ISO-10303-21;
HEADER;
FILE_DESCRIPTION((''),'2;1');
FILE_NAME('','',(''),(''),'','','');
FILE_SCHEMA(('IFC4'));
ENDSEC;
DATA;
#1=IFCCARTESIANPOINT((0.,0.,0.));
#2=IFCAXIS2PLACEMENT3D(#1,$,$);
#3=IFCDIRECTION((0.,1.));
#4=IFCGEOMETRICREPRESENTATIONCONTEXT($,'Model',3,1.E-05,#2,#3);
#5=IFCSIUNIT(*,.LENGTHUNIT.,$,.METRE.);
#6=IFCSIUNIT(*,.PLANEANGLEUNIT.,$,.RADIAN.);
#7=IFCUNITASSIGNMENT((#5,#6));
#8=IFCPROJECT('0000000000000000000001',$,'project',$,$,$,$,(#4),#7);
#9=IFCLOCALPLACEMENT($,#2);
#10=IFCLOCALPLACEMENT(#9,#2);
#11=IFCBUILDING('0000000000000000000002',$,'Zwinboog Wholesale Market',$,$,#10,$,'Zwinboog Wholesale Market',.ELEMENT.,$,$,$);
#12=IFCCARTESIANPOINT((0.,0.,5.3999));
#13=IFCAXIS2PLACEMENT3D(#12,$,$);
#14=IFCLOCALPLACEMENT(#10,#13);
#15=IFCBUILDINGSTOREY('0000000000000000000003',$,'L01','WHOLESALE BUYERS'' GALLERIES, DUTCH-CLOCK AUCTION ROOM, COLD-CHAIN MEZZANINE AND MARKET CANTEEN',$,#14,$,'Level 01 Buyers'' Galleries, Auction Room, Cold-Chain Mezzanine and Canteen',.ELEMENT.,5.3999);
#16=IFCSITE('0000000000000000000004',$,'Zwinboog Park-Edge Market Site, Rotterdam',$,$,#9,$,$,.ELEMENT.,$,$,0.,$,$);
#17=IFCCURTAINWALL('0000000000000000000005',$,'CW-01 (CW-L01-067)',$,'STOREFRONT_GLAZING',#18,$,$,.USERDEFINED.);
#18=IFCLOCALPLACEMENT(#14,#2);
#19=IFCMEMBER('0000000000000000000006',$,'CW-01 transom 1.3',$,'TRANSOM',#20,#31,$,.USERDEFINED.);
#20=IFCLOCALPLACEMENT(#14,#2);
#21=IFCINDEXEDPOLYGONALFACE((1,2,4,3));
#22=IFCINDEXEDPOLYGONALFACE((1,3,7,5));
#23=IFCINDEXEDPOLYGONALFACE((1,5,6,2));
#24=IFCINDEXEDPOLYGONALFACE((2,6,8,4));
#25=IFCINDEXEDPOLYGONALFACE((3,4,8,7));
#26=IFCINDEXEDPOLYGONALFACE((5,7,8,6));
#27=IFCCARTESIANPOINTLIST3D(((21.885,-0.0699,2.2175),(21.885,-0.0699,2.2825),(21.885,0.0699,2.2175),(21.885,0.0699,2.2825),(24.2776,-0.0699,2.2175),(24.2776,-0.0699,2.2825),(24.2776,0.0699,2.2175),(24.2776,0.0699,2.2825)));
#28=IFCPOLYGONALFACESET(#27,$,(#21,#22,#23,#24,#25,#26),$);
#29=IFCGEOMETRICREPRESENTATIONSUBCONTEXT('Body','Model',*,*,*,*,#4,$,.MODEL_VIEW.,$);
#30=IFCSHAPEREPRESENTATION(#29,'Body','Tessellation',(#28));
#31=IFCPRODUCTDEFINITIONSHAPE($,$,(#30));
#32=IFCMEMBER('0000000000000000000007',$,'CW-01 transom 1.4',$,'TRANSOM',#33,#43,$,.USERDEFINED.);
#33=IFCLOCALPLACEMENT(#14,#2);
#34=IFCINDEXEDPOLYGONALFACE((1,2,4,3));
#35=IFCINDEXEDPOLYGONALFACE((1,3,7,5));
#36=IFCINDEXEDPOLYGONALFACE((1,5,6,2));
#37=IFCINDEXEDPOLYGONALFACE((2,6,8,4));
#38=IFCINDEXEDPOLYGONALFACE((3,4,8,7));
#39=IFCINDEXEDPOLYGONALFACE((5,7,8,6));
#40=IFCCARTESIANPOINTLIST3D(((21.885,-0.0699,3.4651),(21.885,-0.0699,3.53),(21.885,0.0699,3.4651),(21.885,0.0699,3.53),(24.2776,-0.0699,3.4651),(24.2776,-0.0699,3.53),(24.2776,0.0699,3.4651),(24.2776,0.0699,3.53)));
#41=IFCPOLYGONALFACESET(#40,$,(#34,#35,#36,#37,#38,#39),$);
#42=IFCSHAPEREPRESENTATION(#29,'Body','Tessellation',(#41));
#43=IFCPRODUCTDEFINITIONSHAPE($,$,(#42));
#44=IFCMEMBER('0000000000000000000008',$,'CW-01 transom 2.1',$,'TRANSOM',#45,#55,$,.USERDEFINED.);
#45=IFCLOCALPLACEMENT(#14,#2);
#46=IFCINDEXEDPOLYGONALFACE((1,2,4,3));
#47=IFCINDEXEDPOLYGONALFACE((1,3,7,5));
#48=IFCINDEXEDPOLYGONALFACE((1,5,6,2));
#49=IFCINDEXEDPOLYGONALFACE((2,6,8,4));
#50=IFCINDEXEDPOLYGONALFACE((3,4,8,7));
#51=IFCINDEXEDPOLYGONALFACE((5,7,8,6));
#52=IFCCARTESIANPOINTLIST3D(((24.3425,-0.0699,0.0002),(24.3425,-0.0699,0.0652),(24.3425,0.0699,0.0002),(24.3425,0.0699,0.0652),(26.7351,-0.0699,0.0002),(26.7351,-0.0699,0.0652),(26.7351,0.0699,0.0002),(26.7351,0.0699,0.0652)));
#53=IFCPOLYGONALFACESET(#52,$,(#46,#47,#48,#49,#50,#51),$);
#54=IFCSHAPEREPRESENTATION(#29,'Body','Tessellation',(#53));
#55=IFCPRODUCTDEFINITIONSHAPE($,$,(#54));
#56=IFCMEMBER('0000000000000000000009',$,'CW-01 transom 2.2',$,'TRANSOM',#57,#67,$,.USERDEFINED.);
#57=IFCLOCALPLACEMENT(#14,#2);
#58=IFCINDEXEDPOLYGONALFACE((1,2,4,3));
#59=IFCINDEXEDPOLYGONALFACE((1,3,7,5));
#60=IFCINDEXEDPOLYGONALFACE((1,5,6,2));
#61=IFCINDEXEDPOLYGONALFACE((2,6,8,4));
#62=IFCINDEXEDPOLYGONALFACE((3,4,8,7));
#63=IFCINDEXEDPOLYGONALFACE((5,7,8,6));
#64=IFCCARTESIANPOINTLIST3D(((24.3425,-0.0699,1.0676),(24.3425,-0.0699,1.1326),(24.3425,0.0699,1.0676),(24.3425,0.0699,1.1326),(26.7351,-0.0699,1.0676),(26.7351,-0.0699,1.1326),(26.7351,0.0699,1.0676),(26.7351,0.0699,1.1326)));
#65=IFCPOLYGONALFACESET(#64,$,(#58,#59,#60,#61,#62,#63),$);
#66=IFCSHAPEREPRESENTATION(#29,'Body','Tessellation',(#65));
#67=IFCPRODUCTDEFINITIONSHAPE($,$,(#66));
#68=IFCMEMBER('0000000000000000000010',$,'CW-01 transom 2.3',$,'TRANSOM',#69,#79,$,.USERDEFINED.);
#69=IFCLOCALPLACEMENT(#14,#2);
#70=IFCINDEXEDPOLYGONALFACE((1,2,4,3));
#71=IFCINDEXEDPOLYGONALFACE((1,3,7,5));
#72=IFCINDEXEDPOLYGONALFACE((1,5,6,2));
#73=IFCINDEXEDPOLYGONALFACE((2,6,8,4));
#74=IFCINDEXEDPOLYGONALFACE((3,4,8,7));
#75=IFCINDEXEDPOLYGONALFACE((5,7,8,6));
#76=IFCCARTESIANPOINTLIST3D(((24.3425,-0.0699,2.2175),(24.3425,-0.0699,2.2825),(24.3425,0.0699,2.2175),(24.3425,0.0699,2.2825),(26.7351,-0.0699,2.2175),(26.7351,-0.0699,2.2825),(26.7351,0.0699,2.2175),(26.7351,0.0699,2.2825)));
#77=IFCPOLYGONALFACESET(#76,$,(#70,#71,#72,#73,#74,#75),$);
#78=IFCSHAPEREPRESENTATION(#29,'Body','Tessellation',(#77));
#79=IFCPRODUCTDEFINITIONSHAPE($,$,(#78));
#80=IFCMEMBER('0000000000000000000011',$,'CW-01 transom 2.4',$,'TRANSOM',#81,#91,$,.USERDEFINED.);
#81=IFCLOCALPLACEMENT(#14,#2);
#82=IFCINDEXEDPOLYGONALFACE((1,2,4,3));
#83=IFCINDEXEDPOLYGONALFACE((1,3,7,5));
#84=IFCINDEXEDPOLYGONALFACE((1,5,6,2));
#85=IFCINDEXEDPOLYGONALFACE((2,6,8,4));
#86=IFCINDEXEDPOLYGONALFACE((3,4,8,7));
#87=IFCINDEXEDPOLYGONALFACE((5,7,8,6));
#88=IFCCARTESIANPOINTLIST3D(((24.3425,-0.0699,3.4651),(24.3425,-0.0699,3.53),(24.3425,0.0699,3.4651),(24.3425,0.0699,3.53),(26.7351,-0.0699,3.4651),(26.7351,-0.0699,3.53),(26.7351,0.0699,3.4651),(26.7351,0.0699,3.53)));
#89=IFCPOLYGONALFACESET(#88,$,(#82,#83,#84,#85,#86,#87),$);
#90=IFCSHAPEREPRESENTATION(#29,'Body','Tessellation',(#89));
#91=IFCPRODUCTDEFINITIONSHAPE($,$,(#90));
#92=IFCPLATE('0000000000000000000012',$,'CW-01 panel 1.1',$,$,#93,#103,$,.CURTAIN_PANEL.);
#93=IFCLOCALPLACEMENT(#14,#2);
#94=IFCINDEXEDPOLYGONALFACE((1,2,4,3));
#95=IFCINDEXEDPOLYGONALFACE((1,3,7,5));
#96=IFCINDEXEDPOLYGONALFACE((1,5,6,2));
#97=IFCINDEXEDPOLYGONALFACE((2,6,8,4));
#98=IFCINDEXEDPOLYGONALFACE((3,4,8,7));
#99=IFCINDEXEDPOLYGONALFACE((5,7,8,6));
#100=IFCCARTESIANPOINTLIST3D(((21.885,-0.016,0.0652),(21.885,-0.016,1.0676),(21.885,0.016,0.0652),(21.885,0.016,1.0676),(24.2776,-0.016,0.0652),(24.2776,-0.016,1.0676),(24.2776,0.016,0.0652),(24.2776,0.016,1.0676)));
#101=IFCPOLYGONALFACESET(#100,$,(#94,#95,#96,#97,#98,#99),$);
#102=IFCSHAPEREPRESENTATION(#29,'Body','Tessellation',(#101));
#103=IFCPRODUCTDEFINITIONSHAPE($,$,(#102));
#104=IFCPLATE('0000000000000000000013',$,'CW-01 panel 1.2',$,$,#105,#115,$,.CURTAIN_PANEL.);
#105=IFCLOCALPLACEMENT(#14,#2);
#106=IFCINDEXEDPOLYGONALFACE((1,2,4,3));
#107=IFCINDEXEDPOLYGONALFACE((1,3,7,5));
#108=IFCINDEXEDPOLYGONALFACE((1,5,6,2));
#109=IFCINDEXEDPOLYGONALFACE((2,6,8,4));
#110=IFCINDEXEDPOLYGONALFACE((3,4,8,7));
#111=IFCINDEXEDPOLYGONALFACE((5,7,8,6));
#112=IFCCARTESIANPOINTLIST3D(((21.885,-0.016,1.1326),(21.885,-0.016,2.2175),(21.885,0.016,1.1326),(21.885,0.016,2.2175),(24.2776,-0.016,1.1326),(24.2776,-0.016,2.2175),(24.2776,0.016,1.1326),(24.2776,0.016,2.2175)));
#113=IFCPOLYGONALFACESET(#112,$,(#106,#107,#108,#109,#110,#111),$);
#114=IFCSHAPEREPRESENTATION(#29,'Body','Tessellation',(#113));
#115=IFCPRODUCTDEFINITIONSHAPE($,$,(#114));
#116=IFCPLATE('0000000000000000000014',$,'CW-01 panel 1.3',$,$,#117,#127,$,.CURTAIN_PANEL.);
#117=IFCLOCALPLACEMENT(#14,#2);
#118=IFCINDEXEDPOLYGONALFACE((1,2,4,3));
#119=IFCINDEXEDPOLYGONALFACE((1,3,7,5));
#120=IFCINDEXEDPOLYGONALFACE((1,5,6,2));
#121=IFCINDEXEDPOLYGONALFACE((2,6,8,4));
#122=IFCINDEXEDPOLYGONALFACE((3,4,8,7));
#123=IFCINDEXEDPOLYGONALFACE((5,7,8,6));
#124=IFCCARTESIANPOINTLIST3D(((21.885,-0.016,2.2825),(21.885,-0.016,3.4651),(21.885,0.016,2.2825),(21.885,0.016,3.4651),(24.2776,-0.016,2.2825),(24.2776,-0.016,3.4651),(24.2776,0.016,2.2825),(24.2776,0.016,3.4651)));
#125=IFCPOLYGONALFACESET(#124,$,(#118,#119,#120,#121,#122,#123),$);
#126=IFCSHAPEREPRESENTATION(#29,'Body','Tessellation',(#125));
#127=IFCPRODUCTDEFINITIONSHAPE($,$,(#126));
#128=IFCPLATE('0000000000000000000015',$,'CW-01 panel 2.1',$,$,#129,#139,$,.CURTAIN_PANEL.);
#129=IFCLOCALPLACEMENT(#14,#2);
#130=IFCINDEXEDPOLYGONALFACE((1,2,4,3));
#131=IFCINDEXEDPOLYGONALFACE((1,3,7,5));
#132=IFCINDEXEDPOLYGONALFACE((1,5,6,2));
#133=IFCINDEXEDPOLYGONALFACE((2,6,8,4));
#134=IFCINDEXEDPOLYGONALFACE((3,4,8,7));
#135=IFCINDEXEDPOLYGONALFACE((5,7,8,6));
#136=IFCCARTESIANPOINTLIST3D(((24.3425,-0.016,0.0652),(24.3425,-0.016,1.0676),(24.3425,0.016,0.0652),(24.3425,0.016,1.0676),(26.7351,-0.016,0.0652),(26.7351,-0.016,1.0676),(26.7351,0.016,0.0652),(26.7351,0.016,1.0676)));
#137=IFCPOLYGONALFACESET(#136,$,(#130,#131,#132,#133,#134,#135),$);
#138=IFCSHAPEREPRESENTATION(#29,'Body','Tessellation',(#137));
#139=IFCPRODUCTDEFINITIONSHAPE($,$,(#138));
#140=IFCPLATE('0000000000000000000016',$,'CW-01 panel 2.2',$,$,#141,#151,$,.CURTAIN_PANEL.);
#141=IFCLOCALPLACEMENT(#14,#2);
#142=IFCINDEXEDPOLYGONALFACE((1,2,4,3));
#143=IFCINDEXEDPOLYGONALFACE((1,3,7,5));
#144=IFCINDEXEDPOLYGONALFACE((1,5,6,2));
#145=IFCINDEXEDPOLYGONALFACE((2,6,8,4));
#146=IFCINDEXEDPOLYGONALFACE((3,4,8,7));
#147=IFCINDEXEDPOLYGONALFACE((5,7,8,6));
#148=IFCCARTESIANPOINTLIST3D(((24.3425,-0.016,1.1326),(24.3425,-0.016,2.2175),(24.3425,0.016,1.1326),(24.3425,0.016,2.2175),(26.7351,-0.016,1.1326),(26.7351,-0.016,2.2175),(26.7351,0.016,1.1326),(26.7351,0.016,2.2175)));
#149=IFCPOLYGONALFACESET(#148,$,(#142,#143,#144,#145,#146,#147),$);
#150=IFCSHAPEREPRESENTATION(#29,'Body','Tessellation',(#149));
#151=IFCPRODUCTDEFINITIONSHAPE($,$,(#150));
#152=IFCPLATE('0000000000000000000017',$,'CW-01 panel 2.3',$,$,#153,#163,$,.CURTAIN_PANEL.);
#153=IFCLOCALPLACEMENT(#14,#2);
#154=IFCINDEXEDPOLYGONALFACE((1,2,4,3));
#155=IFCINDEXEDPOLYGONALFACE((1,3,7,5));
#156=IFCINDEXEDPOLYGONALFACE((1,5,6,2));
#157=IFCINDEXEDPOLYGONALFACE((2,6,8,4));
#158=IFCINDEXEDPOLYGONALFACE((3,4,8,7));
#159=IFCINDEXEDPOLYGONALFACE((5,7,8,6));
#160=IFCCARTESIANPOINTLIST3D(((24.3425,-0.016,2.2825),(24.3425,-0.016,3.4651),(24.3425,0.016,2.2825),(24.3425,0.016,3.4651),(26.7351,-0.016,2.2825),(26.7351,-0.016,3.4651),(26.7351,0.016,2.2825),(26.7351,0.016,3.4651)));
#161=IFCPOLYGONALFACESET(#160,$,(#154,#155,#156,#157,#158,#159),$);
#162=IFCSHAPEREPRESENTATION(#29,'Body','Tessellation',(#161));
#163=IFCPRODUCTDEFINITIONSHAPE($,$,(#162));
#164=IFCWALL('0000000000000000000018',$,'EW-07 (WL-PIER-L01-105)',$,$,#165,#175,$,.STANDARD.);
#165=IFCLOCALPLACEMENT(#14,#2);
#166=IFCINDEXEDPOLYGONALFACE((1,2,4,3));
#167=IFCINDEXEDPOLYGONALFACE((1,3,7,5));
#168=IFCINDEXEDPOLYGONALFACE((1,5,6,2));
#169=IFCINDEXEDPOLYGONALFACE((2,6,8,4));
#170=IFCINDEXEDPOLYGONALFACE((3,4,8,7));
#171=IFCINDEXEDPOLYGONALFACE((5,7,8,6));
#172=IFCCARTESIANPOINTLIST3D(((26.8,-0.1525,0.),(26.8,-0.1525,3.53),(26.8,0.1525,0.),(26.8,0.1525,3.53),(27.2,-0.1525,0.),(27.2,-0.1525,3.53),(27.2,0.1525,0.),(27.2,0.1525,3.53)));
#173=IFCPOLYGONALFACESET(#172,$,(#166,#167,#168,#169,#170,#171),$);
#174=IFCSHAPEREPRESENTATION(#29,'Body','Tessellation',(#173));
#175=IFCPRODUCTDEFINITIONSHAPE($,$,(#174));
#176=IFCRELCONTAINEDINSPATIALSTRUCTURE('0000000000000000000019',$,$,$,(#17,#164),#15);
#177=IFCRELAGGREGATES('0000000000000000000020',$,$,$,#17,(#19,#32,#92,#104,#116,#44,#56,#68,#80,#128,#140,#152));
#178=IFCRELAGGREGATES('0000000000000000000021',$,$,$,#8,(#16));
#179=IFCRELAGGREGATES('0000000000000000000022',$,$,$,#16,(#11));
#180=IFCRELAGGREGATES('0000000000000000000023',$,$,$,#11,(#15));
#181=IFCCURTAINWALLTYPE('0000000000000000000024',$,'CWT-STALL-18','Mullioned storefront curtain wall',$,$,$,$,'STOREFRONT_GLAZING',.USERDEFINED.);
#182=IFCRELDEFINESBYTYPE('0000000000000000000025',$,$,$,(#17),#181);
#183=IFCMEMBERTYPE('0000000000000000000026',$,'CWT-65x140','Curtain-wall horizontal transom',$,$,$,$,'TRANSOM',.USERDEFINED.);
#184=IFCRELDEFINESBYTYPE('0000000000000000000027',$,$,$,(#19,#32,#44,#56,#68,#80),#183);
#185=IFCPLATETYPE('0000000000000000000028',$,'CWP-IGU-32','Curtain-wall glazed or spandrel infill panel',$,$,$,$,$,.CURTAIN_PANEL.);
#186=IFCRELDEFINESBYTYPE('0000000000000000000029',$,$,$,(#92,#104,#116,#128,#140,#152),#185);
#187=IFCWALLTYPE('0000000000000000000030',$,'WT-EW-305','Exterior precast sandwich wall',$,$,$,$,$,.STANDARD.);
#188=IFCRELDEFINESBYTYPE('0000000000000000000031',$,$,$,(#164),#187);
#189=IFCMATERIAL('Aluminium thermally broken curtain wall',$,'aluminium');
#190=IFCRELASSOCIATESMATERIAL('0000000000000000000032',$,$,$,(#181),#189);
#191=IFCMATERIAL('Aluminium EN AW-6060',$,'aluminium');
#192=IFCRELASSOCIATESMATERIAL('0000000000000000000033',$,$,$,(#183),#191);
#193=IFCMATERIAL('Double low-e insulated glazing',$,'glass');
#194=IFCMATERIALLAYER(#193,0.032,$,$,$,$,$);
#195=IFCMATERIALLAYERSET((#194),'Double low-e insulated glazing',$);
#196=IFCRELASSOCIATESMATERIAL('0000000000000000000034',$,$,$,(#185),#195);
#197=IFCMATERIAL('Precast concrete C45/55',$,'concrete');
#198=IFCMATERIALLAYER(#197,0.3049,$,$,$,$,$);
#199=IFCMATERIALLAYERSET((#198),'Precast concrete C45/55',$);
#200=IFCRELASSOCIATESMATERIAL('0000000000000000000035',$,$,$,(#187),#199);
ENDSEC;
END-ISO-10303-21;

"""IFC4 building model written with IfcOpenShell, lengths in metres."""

from ifc_helpers import new_model, si_unit, direction, frame, frame_2d, origin, origin_2d, place, context, subcontext, project, spatial, rectangle, extrude, material, layer, layer_set, material_profile, profile_set, type_object, element, aggregate, save


model = new_model("IFC4")

# Units and contexts
model_context = context("Model", 3, precision=1e-05, world=origin(), true_north=direction((0.0, 1.0)))
body_context = subcontext(model_context, "Body", "Model", "MODEL_VIEW")
ifc_project = project(units=[si_unit("LENGTHUNIT", "METRE"), si_unit("PLANEANGLEUNIT", "RADIAN")], contexts=[model_context])

# Site, building, storey
site_placement = place(None, origin())
site = spatial("IfcSite", under=ifc_project, at=site_placement, Name="Zwinboog Park-Edge Market Site, Rotterdam", CompositionType="ELEMENT", RefElevation=0.0)
building_placement = place(site_placement, origin())
building = spatial("IfcBuilding", under=site, at=building_placement, Name="Zwinboog Wholesale Market", LongName="Zwinboog Wholesale Market", CompositionType="ELEMENT")
storey_placement = place(building_placement, frame((0.0, 0.0, 5.3999)))
storey = spatial("IfcBuildingStorey", under=building, at=storey_placement, Name="L01", Description="WHOLESALE BUYERS' GALLERIES, DUTCH-CLOCK AUCTION ROOM, COLD-CHAIN MEZZANINE AND MARKET CANTEEN", LongName="Level 01 Buyers' Galleries, Auction Room, Cold-Chain Mezzanine and Canteen", CompositionType="ELEMENT", Elevation=5.3999)

# Shared definitions
ifc_material_1 = material(Name="Precast concrete C45/55", Category="concrete")

# Curtain wall, members, plates
ifc_material_2 = material(Name="Aluminium thermally broken curtain wall", Category="aluminium")
curtain_wall_type = type_object("IfcCurtainWallType", Name="CWT-STALL-18", Description="Mullioned storefront curtain wall", ElementType="STOREFRONT_GLAZING", PredefinedType="USERDEFINED", material=ifc_material_2)
curtain_wall_placement = place(storey_placement, origin())
curtain_wall = element("IfcCurtainWall", 1, at=curtain_wall_placement, inside=storey, type_object=curtain_wall_type, Name="CW-01 (CW-L01-067)", ObjectType="STOREFRONT_GLAZING", PredefinedType="USERDEFINED")
ifc_material_3 = material(Name="Aluminium EN AW-6060", Category="aluminium")
ifc_material_profile_1 = material_profile(ifc_material_3, rectangle(XDim=0.1399, YDim=0.0649, at=origin_2d()), Name="AL 65x140")
ifc_profile_set_1 = profile_set([ifc_material_profile_1], Name="Aluminium EN AW-6060")
member_type_1 = type_object("IfcMemberType", Name="CWT-65x140", Description="Curtain-wall horizontal transom", ElementType="TRANSOM", PredefinedType="USERDEFINED", material=ifc_profile_set_1)
member_1_placement = place(storey_placement, frame((21.885, 0.0, 2.25), z_axis=(1.0, 0.0, 0.0), x_axis=(0.0, 1.0, 0.0)))
member_1 = element("IfcMember", 2, at=member_1_placement, type_object=member_type_1, Name="CW-01 transom 1.3", ObjectType="TRANSOM", PredefinedType="USERDEFINED", context=body_context, shape_type="SweptSolid", body=[
    extrude(rectangle(XDim=0.1399, YDim=0.0649, at=origin_2d()), origin(), (0.0, 0.0, 1.0), 2.3926),
])
member_2_placement = place(storey_placement, frame((21.885, 0.0, 3.4976), z_axis=(1.0, 0.0, 0.0), x_axis=(0.0, 1.0, 0.0)))
member_2 = element("IfcMember", 3, at=member_2_placement, type_object=member_type_1, Name="CW-01 transom 1.4", ObjectType="TRANSOM", PredefinedType="USERDEFINED", context=body_context, shape_type="SweptSolid", body=[
    extrude(rectangle(XDim=0.1399, YDim=0.0649, at=origin_2d()), origin(), (0.0, 0.0, 1.0), 2.3926),
])
member_3_placement = place(storey_placement, frame((24.3425, 0.0, 0.0327), z_axis=(1.0, 0.0, 0.0), x_axis=(0.0, 1.0, 0.0)))
member_3 = element("IfcMember", 4, at=member_3_placement, type_object=member_type_1, Name="CW-01 transom 2.1", ObjectType="TRANSOM", PredefinedType="USERDEFINED", context=body_context, shape_type="SweptSolid", body=[
    extrude(rectangle(XDim=0.1399, YDim=0.0649, at=origin_2d()), origin(), (0.0, 0.0, 1.0), 2.3926),
])
member_4_placement = place(storey_placement, frame((24.3425, 0.0, 1.1001), z_axis=(1.0, 0.0, 0.0), x_axis=(0.0, 1.0, 0.0)))
member_4 = element("IfcMember", 5, at=member_4_placement, type_object=member_type_1, Name="CW-01 transom 2.2", ObjectType="TRANSOM", PredefinedType="USERDEFINED", context=body_context, shape_type="SweptSolid", body=[
    extrude(rectangle(XDim=0.1399, YDim=0.0649, at=origin_2d()), origin(), (0.0, 0.0, 1.0), 2.3926),
])
member_5_placement = place(storey_placement, frame((24.3425, 0.0, 2.25), z_axis=(1.0, 0.0, 0.0), x_axis=(0.0, 1.0, 0.0)))
member_5 = element("IfcMember", 6, at=member_5_placement, type_object=member_type_1, Name="CW-01 transom 2.3", ObjectType="TRANSOM", PredefinedType="USERDEFINED", context=body_context, shape_type="SweptSolid", body=[
    extrude(rectangle(XDim=0.1399, YDim=0.0649, at=origin_2d()), origin(), (0.0, 0.0, 1.0), 2.3926),
])
member_6_placement = place(storey_placement, frame((24.3425, 0.0, 3.4976), z_axis=(1.0, 0.0, 0.0), x_axis=(0.0, 1.0, 0.0)))
member_6 = element("IfcMember", 7, at=member_6_placement, type_object=member_type_1, Name="CW-01 transom 2.4", ObjectType="TRANSOM", PredefinedType="USERDEFINED", context=body_context, shape_type="SweptSolid", body=[
    extrude(rectangle(XDim=0.1399, YDim=0.0649, at=origin_2d()), origin(), (0.0, 0.0, 1.0), 2.3926),
])
ifc_material_4 = material(Name="Double low-e insulated glazing", Category="glass")
ifc_layer_1 = layer(ifc_material_4, 0.032)
ifc_layer_set_1 = layer_set([ifc_layer_1], Name="Double low-e insulated glazing")
plate_type = type_object("IfcPlateType", Name="CWP-IGU-32", Description="Curtain-wall glazed or spandrel infill panel", PredefinedType="CURTAIN_PANEL", material=ifc_layer_set_1)
plate_1_placement = place(storey_placement, frame((23.0813, 0.0, 0.0652), z_axis=(0.0, 0.0, 1.0), x_axis=(1.0, 0.0, 0.0)))
plate_1 = element("IfcPlate", 8, at=plate_1_placement, type_object=plate_type, Name="CW-01 panel 1.1", PredefinedType="CURTAIN_PANEL", context=body_context, shape_type="SweptSolid", body=[
    extrude(rectangle(XDim=2.3926, YDim=0.032, at=origin_2d()), origin(), (0.0, 0.0, 1.0), 1.0024),
])
plate_2_placement = place(storey_placement, frame((23.0813, 0.0, 1.1326), z_axis=(0.0, 0.0, 1.0), x_axis=(1.0, 0.0, 0.0)))
plate_2 = element("IfcPlate", 9, at=plate_2_placement, type_object=plate_type, Name="CW-01 panel 1.2", PredefinedType="CURTAIN_PANEL", context=body_context, shape_type="SweptSolid", body=[
    extrude(rectangle(XDim=2.3926, YDim=0.032, at=origin_2d()), origin(), (0.0, 0.0, 1.0), 1.085),
])
plate_3_placement = place(storey_placement, frame((23.0813, 0.0, 2.2825), z_axis=(0.0, 0.0, 1.0), x_axis=(1.0, 0.0, 0.0)))
plate_3 = element("IfcPlate", 10, at=plate_3_placement, type_object=plate_type, Name="CW-01 panel 1.3", PredefinedType="CURTAIN_PANEL", context=body_context, shape_type="SweptSolid", body=[
    extrude(rectangle(XDim=2.3926, YDim=0.032, at=origin_2d()), origin(), (0.0, 0.0, 1.0), 1.1826),
])
plate_4_placement = place(storey_placement, frame((25.5388, 0.0, 0.0652), z_axis=(0.0, 0.0, 1.0), x_axis=(1.0, 0.0, 0.0)))
plate_4 = element("IfcPlate", 11, at=plate_4_placement, type_object=plate_type, Name="CW-01 panel 2.1", PredefinedType="CURTAIN_PANEL", context=body_context, shape_type="SweptSolid", body=[
    extrude(rectangle(XDim=2.3926, YDim=0.032, at=origin_2d()), origin(), (0.0, 0.0, 1.0), 1.0024),
])
plate_5_placement = place(storey_placement, frame((25.5388, 0.0, 1.1326), z_axis=(0.0, 0.0, 1.0), x_axis=(1.0, 0.0, 0.0)))
plate_5 = element("IfcPlate", 12, at=plate_5_placement, type_object=plate_type, Name="CW-01 panel 2.2", PredefinedType="CURTAIN_PANEL", context=body_context, shape_type="SweptSolid", body=[
    extrude(rectangle(XDim=2.3926, YDim=0.032, at=origin_2d()), origin(), (0.0, 0.0, 1.0), 1.085),
])
plate_6_placement = place(storey_placement, frame((25.5388, 0.0, 2.2825), z_axis=(0.0, 0.0, 1.0), x_axis=(1.0, 0.0, 0.0)))
plate_6 = element("IfcPlate", 13, at=plate_6_placement, type_object=plate_type, Name="CW-01 panel 2.3", PredefinedType="CURTAIN_PANEL", context=body_context, shape_type="SweptSolid", body=[
    extrude(rectangle(XDim=2.3926, YDim=0.032, at=origin_2d()), origin(), (0.0, 0.0, 1.0), 1.1826),
])
aggregate(curtain_wall, [member_1, member_2, plate_1, plate_2, plate_3, member_3, member_4, member_5, member_6, plate_4, plate_5, plate_6])

# Wall
ifc_layer_2 = layer(ifc_material_1, 0.3049)
ifc_layer_set_2 = layer_set([ifc_layer_2], Name="Precast concrete C45/55")
wall_type = type_object("IfcWallType", Name="WT-EW-305", Description="Exterior precast sandwich wall", PredefinedType="STANDARD", material=ifc_layer_set_2)
wall_placement = place(storey_placement, frame((26.8, 0.0, 0.0), z_axis=(0.0, 0.0, 1.0), x_axis=(1.0, 0.0, 0.0)))
element("IfcWall", 14, at=wall_placement, inside=storey, type_object=wall_type, Name="EW-07 (WL-PIER-L01-105)", PredefinedType="STANDARD", context=body_context, shape_type="SweptSolid", body=[
    extrude(rectangle(XDim=0.3999, YDim=0.3049, at=frame_2d((0.2, 0.0))), origin(), (0.0, 0.0, 1.0), 3.53),
])

save(model, "model.ifc")
